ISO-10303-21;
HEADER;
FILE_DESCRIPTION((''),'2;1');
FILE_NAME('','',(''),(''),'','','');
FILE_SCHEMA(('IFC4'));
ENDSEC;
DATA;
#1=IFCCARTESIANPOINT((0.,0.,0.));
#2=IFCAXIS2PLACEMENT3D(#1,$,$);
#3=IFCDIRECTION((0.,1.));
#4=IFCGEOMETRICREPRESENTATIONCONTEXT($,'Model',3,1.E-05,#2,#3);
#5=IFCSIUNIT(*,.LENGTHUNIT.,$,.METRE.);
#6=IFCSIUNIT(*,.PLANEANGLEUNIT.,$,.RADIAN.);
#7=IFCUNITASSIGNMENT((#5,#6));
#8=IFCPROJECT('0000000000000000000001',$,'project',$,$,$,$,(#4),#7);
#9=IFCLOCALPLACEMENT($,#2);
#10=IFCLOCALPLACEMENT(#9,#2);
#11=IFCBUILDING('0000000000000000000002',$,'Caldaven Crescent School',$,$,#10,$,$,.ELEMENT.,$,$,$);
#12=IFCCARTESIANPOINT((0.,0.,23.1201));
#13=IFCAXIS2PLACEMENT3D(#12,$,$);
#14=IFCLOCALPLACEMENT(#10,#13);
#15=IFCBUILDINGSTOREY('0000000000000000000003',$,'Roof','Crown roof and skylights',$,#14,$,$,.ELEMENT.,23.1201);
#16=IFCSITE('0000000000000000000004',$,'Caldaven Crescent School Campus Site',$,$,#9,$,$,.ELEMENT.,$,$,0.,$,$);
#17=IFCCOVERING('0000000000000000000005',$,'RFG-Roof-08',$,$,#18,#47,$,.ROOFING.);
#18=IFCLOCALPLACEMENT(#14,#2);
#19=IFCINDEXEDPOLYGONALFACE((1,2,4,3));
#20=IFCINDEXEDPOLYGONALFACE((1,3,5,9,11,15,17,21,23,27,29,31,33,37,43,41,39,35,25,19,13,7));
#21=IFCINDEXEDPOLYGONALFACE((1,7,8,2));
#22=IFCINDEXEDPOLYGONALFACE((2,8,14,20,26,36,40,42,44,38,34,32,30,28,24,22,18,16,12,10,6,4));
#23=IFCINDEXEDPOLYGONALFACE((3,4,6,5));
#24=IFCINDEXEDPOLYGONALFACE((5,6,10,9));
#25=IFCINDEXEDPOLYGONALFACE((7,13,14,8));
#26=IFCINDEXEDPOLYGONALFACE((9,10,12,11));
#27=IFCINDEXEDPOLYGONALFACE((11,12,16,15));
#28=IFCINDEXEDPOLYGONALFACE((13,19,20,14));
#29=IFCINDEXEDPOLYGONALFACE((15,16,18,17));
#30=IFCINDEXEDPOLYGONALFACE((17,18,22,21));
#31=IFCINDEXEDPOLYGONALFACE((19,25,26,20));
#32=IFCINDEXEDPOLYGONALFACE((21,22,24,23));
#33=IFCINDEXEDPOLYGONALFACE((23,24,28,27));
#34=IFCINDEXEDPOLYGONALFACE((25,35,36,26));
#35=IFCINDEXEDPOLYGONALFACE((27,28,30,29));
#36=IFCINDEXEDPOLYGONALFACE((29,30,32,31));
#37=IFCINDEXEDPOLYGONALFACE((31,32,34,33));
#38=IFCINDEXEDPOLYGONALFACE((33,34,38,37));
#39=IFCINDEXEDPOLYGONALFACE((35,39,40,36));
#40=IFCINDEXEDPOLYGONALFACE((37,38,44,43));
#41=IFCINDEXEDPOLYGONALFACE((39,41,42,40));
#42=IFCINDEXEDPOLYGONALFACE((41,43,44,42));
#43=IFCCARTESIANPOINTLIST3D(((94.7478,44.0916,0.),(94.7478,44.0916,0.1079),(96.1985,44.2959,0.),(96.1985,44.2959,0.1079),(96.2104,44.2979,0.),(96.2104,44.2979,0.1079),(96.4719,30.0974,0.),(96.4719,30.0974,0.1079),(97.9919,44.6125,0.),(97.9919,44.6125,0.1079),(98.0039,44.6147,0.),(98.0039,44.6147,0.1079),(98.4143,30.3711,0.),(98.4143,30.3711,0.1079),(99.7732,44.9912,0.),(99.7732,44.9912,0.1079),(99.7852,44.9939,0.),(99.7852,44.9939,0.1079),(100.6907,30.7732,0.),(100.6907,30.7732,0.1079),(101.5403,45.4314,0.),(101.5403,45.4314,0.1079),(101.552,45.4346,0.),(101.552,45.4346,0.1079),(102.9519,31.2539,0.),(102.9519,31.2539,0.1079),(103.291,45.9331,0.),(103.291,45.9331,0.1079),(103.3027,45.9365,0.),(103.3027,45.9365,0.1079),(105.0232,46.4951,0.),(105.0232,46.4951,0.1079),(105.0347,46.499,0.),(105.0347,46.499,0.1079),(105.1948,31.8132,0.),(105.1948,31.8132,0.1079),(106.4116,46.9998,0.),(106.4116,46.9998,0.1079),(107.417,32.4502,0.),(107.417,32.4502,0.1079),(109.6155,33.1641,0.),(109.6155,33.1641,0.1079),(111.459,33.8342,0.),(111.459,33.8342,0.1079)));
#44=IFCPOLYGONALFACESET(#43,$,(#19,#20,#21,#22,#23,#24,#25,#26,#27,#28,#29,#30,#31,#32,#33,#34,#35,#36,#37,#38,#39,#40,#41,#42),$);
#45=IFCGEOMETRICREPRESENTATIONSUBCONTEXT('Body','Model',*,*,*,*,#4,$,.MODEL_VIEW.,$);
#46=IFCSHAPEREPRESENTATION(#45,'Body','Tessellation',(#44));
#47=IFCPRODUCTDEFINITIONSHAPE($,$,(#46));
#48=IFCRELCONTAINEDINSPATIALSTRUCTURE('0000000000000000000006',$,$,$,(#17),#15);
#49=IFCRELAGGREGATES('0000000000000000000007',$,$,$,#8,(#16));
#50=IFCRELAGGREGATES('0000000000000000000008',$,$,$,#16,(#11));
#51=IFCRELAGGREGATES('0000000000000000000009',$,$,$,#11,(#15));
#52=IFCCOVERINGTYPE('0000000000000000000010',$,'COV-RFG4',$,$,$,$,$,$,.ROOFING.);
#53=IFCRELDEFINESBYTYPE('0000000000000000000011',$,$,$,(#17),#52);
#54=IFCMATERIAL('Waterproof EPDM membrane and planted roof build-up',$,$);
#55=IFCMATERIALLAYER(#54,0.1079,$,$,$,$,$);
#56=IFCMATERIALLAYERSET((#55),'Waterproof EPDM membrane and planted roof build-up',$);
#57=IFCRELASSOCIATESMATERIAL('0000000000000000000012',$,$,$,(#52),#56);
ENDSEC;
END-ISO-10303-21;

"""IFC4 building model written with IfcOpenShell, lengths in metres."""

from ifc_helpers import new_model, si_unit, direction, frame, origin, place, context, subcontext, project, spatial, polyline, outline, extrude, material, layer, layer_set, type_object, element, save


model = new_model("IFC4")

# Units and contexts
model_context = context("Model", 3, precision=1e-05, world=origin(), true_north=direction((0.0, 1.0)))
body_context = subcontext(model_context, "Body", "Model", "MODEL_VIEW")
ifc_project = project(units=[si_unit("LENGTHUNIT", "METRE"), si_unit("PLANEANGLEUNIT", "RADIAN")], contexts=[model_context])

# Site, building, storey
site_placement = place(None, origin())
site = spatial("IfcSite", under=ifc_project, at=site_placement, Name="Caldaven Crescent School Campus Site", CompositionType="ELEMENT", RefElevation=0.0)
building_placement = place(site_placement, origin())
building = spatial("IfcBuilding", under=site, at=building_placement, Name="Caldaven Crescent School", CompositionType="ELEMENT")
storey_placement = place(building_placement, frame((0.0, 0.0, 23.1201)))
storey = spatial("IfcBuildingStorey", under=building, at=storey_placement, Name="Roof", Description="Crown roof and skylights", CompositionType="ELEMENT", Elevation=23.1201)

# Covering
ifc_material_1 = material(Name="Waterproof EPDM membrane and planted roof build-up")
ifc_layer_1 = layer(ifc_material_1, 0.1079)
ifc_layer_set_1 = layer_set([ifc_layer_1], Name="Waterproof EPDM membrane and planted roof build-up")
covering_type_1 = type_object("IfcCoveringType", Name="COV-RFG4", PredefinedType="ROOFING", material=ifc_layer_set_1)
covering_1_placement = place(storey_placement, origin())
element("IfcCovering", 1, at=covering_1_placement, inside=storey, type_object=covering_type_1, Name="RFG-Roof-08", PredefinedType="ROOFING", context=body_context, shape_type="SweptSolid", body=[
    extrude(outline(polyline([(96.4719, 30.0974), (94.7478, 44.0916), (96.1985, 44.2959), (96.2104, 44.2979), (97.9919, 44.6125), (98.0039, 44.6147), (99.7732, 44.9912), (99.7852, 44.9939), (101.5403, 45.4314), (101.552, 45.4346), (103.291, 45.9331), (103.3027, 45.9365), (105.0232, 46.4951), (105.0347, 46.499), (106.4116, 46.9998), (111.459, 33.8342), (109.6155, 33.1641), (107.417, 32.4502), (105.1948, 31.8132), (102.9519, 31.2539), (100.6907, 30.7732), (98.4143, 30.3711), (96.4719, 30.0974)])), origin(), (0.0, 0.0, 1.0), 0.1079),
])

save(model, "model.ifc")
